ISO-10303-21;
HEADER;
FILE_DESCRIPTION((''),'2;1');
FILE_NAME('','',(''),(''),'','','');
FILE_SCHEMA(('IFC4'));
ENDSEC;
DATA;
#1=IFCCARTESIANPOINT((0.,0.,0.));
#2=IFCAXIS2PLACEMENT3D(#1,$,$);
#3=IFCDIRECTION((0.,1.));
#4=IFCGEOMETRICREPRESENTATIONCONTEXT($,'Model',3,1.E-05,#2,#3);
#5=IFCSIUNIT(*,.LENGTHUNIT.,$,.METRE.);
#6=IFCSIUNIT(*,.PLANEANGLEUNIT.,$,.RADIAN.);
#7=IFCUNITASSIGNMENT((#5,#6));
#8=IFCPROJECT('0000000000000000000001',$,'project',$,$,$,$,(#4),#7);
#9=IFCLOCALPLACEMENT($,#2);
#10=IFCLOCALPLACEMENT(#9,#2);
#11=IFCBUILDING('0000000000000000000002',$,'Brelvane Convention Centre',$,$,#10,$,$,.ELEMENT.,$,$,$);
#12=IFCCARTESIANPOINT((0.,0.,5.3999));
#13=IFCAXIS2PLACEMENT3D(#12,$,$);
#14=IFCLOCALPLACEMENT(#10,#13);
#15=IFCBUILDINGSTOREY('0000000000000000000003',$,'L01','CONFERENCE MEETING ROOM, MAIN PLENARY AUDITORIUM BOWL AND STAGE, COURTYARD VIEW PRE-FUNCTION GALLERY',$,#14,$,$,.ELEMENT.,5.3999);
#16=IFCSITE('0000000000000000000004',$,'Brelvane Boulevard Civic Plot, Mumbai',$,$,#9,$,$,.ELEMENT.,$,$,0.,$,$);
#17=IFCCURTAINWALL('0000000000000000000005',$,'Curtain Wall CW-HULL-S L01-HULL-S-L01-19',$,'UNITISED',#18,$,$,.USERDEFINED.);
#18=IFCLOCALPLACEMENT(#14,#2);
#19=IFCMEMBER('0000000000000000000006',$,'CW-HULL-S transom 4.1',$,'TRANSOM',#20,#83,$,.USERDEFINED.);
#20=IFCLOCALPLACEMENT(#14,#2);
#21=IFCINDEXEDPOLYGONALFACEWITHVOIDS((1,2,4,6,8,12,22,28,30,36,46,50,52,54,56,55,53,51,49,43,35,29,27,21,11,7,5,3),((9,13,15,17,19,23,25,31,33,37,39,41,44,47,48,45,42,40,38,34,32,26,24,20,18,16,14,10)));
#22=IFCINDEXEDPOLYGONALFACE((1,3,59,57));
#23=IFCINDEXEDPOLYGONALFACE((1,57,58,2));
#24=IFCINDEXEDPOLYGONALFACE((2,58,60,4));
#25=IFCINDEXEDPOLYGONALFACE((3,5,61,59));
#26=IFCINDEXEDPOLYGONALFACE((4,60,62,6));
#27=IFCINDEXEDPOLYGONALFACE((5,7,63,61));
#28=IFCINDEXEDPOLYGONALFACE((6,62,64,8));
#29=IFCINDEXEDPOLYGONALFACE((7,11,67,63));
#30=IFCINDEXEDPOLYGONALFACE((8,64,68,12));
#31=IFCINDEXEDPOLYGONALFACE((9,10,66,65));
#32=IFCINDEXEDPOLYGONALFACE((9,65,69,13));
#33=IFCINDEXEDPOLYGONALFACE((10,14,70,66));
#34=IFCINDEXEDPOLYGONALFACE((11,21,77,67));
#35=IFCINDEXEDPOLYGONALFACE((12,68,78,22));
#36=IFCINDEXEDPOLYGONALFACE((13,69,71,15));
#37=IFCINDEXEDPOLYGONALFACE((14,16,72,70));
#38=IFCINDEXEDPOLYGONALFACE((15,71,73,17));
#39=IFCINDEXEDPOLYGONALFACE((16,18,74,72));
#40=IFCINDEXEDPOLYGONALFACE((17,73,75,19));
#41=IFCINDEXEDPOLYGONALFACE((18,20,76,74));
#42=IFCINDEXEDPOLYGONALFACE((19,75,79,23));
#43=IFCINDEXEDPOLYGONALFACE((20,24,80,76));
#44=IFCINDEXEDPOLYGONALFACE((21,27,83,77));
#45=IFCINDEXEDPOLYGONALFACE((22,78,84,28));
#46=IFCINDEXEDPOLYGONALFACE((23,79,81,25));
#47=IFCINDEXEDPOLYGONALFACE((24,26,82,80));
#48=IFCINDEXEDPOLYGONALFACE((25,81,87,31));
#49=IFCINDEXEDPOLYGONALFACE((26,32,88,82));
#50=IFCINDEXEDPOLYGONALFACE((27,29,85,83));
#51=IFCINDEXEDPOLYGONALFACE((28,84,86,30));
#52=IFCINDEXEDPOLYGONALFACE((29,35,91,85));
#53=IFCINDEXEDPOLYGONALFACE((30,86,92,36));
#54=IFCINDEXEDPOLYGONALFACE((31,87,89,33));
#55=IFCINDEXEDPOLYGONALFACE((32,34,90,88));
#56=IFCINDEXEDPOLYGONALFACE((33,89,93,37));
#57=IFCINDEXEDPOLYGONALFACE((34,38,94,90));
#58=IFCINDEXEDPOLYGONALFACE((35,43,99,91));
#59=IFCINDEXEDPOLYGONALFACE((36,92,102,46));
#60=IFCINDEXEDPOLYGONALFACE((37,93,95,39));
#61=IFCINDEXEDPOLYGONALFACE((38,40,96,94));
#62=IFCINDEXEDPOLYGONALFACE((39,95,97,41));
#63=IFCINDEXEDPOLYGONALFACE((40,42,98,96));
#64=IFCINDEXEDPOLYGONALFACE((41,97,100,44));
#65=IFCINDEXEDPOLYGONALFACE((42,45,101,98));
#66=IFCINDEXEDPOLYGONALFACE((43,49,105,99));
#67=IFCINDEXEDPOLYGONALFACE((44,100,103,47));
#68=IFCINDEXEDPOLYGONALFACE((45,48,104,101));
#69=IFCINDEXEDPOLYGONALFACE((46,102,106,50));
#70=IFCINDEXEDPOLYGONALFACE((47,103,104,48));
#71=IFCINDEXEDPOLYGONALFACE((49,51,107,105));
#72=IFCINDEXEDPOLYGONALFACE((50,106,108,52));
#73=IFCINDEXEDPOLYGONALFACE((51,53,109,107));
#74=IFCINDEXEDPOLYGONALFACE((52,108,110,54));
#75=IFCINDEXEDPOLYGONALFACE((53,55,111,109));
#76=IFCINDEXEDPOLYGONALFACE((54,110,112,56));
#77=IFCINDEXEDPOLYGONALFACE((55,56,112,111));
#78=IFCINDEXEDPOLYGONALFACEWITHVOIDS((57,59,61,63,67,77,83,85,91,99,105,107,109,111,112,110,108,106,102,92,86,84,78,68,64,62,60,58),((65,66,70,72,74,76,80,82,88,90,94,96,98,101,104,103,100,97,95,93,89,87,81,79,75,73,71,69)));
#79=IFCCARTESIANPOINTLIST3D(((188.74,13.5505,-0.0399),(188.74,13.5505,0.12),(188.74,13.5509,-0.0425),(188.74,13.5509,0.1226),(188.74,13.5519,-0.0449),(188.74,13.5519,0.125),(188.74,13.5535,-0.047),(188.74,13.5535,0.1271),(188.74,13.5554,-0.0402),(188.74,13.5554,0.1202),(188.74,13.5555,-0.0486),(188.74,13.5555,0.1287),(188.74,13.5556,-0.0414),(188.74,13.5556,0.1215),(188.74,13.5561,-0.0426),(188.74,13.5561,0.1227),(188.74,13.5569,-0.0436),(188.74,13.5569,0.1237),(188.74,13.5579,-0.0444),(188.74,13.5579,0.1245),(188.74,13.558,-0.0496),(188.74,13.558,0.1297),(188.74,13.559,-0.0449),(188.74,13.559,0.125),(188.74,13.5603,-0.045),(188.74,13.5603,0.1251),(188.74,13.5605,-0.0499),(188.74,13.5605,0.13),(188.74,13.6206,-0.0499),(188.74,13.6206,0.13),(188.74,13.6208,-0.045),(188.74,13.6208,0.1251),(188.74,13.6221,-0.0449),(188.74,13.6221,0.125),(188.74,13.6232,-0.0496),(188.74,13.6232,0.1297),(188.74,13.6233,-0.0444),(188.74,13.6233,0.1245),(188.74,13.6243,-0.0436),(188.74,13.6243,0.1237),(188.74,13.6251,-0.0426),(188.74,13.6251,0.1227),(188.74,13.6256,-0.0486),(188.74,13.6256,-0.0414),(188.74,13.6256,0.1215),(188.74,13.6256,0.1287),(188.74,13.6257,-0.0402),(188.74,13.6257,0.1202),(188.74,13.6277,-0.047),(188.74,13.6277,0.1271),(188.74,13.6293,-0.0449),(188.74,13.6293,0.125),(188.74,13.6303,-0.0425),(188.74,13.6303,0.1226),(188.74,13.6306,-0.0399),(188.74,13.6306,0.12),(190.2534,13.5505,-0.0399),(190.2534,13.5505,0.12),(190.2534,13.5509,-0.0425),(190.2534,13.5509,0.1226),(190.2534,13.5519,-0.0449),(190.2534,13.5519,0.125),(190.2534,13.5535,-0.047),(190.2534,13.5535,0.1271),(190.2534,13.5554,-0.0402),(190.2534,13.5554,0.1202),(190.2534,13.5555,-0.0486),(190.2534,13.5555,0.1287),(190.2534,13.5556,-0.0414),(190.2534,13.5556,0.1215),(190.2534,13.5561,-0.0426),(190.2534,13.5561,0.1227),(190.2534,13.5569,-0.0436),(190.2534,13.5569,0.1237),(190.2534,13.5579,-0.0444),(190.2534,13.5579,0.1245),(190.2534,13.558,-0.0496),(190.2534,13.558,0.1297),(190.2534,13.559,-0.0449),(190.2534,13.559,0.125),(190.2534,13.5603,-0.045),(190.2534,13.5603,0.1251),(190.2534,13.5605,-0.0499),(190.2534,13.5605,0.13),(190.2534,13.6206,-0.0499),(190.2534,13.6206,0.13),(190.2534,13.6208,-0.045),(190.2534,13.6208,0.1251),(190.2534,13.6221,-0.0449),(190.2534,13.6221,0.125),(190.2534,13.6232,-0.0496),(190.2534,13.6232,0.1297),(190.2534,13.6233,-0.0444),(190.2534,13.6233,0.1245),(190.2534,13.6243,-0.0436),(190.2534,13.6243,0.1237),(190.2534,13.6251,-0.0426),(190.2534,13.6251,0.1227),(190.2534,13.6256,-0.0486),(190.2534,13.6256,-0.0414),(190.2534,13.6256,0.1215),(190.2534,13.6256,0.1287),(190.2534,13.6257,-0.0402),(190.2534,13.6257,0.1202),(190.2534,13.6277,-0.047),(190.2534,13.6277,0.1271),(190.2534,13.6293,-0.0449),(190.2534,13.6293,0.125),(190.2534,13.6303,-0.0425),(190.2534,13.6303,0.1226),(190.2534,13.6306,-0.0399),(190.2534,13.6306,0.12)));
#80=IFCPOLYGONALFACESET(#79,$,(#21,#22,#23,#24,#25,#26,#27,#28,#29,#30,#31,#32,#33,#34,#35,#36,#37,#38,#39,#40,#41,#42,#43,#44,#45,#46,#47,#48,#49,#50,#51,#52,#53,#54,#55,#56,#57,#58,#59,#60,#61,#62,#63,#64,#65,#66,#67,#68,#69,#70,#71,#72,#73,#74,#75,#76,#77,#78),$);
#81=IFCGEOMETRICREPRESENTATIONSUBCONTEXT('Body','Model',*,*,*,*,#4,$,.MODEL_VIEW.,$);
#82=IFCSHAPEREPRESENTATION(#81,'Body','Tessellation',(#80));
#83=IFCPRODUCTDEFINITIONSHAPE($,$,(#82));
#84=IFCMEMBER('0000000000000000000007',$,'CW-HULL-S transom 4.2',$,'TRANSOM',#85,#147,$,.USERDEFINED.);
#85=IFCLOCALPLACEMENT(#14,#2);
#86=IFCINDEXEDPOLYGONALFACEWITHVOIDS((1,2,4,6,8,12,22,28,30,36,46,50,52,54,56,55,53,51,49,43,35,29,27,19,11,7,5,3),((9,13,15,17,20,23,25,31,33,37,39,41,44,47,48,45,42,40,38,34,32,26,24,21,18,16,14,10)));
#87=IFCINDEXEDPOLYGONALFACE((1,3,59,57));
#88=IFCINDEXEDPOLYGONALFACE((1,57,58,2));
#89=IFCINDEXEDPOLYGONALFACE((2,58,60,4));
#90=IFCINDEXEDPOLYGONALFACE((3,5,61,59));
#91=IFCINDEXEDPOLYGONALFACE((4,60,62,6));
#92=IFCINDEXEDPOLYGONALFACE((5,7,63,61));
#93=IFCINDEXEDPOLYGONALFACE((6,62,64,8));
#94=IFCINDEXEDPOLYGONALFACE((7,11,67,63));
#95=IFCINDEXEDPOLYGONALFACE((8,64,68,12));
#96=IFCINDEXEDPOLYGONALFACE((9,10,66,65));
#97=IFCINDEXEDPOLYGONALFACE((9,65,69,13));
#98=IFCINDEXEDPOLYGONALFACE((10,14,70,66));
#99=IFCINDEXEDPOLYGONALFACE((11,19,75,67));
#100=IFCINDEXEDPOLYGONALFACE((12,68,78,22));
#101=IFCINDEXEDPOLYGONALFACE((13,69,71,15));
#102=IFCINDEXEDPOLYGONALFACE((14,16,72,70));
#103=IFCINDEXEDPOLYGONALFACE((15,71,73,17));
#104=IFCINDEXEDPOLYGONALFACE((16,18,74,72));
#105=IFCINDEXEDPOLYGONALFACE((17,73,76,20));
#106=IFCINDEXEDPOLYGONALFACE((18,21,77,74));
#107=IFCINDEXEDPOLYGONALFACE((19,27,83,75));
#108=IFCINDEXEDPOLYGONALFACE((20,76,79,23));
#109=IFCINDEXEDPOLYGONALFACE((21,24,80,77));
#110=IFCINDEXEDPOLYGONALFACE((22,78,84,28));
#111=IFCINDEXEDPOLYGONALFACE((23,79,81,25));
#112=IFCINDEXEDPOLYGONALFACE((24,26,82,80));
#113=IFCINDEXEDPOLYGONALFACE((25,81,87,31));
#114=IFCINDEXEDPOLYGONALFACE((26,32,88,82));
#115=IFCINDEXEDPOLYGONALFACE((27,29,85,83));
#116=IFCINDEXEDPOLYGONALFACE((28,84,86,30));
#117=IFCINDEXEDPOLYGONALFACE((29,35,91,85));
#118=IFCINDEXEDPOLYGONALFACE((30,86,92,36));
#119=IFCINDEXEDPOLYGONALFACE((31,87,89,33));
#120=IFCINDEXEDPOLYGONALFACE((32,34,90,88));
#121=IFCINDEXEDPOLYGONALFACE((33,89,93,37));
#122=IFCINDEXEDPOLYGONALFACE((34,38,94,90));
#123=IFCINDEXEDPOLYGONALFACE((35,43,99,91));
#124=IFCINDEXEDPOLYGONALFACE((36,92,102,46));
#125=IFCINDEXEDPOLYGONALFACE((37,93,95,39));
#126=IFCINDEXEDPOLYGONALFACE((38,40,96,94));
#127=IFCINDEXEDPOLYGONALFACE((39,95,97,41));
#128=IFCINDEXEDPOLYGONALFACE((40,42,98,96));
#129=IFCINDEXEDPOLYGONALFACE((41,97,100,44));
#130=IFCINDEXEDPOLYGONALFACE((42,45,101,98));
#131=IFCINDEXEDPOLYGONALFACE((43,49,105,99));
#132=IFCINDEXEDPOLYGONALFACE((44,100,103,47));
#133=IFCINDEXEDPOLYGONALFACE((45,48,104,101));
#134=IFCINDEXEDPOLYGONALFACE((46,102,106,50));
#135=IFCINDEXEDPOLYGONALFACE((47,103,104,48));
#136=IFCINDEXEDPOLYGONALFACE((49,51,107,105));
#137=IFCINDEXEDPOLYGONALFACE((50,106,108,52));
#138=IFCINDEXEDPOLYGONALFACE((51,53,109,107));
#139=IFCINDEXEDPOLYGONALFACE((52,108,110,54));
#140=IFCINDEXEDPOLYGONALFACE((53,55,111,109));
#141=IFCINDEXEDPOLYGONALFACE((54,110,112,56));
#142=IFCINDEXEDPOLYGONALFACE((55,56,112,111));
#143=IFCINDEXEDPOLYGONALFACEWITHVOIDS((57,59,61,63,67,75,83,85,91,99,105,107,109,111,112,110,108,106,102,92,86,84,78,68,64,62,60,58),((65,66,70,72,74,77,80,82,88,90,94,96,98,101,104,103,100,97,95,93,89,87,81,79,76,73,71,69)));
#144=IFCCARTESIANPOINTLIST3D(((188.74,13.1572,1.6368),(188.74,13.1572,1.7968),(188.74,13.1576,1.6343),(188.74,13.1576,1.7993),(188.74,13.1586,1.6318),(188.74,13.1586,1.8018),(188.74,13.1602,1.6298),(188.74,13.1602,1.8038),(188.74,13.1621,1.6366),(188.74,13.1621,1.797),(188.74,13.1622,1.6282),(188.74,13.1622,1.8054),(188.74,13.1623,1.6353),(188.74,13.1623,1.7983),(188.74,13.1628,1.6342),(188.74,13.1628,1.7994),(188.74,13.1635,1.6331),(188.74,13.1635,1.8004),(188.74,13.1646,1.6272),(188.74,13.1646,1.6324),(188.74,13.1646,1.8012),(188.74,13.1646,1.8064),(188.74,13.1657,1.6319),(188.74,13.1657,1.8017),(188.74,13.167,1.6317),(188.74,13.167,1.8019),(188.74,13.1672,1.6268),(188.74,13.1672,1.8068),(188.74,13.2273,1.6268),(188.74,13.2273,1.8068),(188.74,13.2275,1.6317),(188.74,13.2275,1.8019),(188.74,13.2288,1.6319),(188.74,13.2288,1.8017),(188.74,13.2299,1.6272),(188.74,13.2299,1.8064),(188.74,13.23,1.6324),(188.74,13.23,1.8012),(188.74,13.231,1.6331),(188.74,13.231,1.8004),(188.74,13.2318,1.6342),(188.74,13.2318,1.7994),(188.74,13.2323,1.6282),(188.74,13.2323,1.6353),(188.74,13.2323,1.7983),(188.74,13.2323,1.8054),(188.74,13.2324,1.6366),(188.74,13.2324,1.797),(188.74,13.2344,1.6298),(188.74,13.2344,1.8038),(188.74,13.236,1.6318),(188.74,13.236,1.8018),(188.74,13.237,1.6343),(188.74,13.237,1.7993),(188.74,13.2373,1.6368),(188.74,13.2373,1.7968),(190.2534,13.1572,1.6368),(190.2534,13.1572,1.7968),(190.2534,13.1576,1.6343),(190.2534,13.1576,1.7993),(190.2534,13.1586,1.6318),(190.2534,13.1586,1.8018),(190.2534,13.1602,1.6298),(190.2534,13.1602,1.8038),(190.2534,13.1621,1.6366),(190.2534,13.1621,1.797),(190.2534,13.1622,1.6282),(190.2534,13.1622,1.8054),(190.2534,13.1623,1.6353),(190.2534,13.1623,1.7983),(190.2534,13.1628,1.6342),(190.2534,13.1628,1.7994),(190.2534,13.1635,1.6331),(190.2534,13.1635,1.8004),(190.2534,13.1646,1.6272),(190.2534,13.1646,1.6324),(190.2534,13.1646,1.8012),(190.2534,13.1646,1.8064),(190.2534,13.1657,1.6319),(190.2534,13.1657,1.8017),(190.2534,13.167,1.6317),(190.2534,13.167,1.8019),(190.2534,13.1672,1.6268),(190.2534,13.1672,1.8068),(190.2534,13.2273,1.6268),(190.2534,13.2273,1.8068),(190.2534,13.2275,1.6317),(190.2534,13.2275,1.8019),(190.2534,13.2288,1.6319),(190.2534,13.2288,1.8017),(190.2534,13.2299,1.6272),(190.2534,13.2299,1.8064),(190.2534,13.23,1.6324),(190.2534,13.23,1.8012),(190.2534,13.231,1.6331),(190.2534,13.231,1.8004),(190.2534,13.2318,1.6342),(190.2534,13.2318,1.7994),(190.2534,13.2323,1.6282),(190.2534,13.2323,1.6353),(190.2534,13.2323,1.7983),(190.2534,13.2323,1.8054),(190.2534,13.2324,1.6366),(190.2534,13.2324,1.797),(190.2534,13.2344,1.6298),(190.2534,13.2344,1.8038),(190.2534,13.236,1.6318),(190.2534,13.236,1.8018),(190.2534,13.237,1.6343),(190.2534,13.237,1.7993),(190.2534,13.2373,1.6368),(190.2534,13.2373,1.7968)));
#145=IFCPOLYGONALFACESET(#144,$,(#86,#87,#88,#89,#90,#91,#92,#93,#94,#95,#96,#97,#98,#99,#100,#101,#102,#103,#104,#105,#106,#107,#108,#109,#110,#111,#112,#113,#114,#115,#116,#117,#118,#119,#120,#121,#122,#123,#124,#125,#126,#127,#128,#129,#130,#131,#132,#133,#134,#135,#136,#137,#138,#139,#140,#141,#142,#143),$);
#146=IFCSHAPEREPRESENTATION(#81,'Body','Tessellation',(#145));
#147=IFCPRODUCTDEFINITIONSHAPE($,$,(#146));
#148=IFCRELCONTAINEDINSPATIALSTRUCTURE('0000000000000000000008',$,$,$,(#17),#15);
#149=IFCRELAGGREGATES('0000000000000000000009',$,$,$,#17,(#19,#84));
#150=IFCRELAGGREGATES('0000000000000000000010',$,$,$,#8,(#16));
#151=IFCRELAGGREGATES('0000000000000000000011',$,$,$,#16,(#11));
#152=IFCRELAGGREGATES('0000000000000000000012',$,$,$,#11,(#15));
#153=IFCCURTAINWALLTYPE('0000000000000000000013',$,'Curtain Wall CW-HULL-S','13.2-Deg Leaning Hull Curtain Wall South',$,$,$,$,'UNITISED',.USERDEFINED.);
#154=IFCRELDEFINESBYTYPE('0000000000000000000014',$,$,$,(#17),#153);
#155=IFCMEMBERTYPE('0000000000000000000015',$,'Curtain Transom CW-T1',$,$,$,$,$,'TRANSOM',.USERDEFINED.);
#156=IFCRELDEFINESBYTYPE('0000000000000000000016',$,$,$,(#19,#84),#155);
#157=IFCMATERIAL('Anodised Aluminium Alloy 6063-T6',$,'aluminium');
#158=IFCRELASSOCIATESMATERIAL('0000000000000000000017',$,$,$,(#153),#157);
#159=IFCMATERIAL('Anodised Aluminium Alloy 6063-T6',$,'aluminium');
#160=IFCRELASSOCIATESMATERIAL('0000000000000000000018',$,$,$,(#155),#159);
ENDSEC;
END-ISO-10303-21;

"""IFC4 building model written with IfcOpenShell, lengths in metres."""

from ifc_helpers import new_model, si_unit, direction, frame, origin, origin_2d, place, context, subcontext, project, spatial, hollow_rectangle, extrude, material, material_profile, profile_set, type_object, element, aggregate, save


model = new_model("IFC4")

# Units and contexts
model_context = context("Model", 3, precision=1e-05, world=origin(), true_north=direction((0.0, 1.0)))
body_context = subcontext(model_context, "Body", "Model", "MODEL_VIEW")
ifc_project = project(units=[si_unit("LENGTHUNIT", "METRE"), si_unit("PLANEANGLEUNIT", "RADIAN")], contexts=[model_context])

# Site, building, storey
site_placement = place(None, origin())
site = spatial("IfcSite", under=ifc_project, at=site_placement, Name="Brelvane Boulevard Civic Plot, Mumbai", CompositionType="ELEMENT", RefElevation=0.0)
building_placement = place(site_placement, origin())
building = spatial("IfcBuilding", under=site, at=building_placement, Name="Brelvane Convention Centre", CompositionType="ELEMENT")
storey_placement = place(building_placement, frame((0.0, 0.0, 5.3999)))
storey = spatial("IfcBuildingStorey", under=building, at=storey_placement, Name="L01", Description="CONFERENCE MEETING ROOM, MAIN PLENARY AUDITORIUM BOWL AND STAGE, COURTYARD VIEW PRE-FUNCTION GALLERY", CompositionType="ELEMENT", Elevation=5.3999)

# Curtain wall, members
ifc_material_1 = material(Name="Anodised Aluminium Alloy 6063-T6", Category="aluminium")
curtain_wall_type = type_object("IfcCurtainWallType", Name="Curtain Wall CW-HULL-S", Description="13.2-Deg Leaning Hull Curtain Wall South", ElementType="UNITISED", PredefinedType="USERDEFINED", material=ifc_material_1)
curtain_wall_1_placement = place(storey_placement, origin())
curtain_wall_1 = element("IfcCurtainWall", 1, at=curtain_wall_1_placement, inside=storey, type_object=curtain_wall_type, Name="Curtain Wall CW-HULL-S L01-HULL-S-L01-19", ObjectType="UNITISED", PredefinedType="USERDEFINED")
ifc_material_2 = material(Name="Anodised Aluminium Alloy 6063-T6", Category="aluminium")
ifc_material_profile = material_profile(ifc_material_2, hollow_rectangle(XDim=0.0801, YDim=0.1799, WallThickness=0.0049, InnerFilletRadius=0.0049, OuterFilletRadius=0.01, at=origin_2d()), Name="ALU-T 180x80x5.0")
ifc_profile_set = profile_set([ifc_material_profile], Name="Anodised Aluminium Alloy 6063-T6")
member_type = type_object("IfcMemberType", Name="Curtain Transom CW-T1", ElementType="TRANSOM", PredefinedType="USERDEFINED", material=ifc_profile_set)
member_1_placement = place(storey_placement, frame((188.74, 13.5906, 0.04), z_axis=(1.0, 0.0, 0.0), x_axis=(0.0, 1.0, 0.0)))
member_1 = element("IfcMember", 2, at=member_1_placement, type_object=member_type, Name="CW-HULL-S transom 4.1", ObjectType="TRANSOM", PredefinedType="USERDEFINED", context=body_context, shape_type="SweptSolid", body=[
    extrude(hollow_rectangle(XDim=0.0801, YDim=0.1799, WallThickness=0.0049, InnerFilletRadius=0.0049, OuterFilletRadius=0.01, at=origin_2d()), origin(), (0.0, 0.0, 1.0), 1.5134),
])
member_2_placement = place(storey_placement, frame((188.74, 13.1973, 1.7168), z_axis=(1.0, 0.0, 0.0), x_axis=(0.0, 1.0, 0.0)))
member_2 = element("IfcMember", 3, at=member_2_placement, type_object=member_type, Name="CW-HULL-S transom 4.2", ObjectType="TRANSOM", PredefinedType="USERDEFINED", context=body_context, shape_type="SweptSolid", body=[
    extrude(hollow_rectangle(XDim=0.0801, YDim=0.1799, WallThickness=0.0049, InnerFilletRadius=0.0049, OuterFilletRadius=0.01, at=origin_2d()), origin(), (0.0, 0.0, 1.0), 1.5134),
])

aggregate(curtain_wall_1, [member_1, member_2])

save(model, "model.ifc")
